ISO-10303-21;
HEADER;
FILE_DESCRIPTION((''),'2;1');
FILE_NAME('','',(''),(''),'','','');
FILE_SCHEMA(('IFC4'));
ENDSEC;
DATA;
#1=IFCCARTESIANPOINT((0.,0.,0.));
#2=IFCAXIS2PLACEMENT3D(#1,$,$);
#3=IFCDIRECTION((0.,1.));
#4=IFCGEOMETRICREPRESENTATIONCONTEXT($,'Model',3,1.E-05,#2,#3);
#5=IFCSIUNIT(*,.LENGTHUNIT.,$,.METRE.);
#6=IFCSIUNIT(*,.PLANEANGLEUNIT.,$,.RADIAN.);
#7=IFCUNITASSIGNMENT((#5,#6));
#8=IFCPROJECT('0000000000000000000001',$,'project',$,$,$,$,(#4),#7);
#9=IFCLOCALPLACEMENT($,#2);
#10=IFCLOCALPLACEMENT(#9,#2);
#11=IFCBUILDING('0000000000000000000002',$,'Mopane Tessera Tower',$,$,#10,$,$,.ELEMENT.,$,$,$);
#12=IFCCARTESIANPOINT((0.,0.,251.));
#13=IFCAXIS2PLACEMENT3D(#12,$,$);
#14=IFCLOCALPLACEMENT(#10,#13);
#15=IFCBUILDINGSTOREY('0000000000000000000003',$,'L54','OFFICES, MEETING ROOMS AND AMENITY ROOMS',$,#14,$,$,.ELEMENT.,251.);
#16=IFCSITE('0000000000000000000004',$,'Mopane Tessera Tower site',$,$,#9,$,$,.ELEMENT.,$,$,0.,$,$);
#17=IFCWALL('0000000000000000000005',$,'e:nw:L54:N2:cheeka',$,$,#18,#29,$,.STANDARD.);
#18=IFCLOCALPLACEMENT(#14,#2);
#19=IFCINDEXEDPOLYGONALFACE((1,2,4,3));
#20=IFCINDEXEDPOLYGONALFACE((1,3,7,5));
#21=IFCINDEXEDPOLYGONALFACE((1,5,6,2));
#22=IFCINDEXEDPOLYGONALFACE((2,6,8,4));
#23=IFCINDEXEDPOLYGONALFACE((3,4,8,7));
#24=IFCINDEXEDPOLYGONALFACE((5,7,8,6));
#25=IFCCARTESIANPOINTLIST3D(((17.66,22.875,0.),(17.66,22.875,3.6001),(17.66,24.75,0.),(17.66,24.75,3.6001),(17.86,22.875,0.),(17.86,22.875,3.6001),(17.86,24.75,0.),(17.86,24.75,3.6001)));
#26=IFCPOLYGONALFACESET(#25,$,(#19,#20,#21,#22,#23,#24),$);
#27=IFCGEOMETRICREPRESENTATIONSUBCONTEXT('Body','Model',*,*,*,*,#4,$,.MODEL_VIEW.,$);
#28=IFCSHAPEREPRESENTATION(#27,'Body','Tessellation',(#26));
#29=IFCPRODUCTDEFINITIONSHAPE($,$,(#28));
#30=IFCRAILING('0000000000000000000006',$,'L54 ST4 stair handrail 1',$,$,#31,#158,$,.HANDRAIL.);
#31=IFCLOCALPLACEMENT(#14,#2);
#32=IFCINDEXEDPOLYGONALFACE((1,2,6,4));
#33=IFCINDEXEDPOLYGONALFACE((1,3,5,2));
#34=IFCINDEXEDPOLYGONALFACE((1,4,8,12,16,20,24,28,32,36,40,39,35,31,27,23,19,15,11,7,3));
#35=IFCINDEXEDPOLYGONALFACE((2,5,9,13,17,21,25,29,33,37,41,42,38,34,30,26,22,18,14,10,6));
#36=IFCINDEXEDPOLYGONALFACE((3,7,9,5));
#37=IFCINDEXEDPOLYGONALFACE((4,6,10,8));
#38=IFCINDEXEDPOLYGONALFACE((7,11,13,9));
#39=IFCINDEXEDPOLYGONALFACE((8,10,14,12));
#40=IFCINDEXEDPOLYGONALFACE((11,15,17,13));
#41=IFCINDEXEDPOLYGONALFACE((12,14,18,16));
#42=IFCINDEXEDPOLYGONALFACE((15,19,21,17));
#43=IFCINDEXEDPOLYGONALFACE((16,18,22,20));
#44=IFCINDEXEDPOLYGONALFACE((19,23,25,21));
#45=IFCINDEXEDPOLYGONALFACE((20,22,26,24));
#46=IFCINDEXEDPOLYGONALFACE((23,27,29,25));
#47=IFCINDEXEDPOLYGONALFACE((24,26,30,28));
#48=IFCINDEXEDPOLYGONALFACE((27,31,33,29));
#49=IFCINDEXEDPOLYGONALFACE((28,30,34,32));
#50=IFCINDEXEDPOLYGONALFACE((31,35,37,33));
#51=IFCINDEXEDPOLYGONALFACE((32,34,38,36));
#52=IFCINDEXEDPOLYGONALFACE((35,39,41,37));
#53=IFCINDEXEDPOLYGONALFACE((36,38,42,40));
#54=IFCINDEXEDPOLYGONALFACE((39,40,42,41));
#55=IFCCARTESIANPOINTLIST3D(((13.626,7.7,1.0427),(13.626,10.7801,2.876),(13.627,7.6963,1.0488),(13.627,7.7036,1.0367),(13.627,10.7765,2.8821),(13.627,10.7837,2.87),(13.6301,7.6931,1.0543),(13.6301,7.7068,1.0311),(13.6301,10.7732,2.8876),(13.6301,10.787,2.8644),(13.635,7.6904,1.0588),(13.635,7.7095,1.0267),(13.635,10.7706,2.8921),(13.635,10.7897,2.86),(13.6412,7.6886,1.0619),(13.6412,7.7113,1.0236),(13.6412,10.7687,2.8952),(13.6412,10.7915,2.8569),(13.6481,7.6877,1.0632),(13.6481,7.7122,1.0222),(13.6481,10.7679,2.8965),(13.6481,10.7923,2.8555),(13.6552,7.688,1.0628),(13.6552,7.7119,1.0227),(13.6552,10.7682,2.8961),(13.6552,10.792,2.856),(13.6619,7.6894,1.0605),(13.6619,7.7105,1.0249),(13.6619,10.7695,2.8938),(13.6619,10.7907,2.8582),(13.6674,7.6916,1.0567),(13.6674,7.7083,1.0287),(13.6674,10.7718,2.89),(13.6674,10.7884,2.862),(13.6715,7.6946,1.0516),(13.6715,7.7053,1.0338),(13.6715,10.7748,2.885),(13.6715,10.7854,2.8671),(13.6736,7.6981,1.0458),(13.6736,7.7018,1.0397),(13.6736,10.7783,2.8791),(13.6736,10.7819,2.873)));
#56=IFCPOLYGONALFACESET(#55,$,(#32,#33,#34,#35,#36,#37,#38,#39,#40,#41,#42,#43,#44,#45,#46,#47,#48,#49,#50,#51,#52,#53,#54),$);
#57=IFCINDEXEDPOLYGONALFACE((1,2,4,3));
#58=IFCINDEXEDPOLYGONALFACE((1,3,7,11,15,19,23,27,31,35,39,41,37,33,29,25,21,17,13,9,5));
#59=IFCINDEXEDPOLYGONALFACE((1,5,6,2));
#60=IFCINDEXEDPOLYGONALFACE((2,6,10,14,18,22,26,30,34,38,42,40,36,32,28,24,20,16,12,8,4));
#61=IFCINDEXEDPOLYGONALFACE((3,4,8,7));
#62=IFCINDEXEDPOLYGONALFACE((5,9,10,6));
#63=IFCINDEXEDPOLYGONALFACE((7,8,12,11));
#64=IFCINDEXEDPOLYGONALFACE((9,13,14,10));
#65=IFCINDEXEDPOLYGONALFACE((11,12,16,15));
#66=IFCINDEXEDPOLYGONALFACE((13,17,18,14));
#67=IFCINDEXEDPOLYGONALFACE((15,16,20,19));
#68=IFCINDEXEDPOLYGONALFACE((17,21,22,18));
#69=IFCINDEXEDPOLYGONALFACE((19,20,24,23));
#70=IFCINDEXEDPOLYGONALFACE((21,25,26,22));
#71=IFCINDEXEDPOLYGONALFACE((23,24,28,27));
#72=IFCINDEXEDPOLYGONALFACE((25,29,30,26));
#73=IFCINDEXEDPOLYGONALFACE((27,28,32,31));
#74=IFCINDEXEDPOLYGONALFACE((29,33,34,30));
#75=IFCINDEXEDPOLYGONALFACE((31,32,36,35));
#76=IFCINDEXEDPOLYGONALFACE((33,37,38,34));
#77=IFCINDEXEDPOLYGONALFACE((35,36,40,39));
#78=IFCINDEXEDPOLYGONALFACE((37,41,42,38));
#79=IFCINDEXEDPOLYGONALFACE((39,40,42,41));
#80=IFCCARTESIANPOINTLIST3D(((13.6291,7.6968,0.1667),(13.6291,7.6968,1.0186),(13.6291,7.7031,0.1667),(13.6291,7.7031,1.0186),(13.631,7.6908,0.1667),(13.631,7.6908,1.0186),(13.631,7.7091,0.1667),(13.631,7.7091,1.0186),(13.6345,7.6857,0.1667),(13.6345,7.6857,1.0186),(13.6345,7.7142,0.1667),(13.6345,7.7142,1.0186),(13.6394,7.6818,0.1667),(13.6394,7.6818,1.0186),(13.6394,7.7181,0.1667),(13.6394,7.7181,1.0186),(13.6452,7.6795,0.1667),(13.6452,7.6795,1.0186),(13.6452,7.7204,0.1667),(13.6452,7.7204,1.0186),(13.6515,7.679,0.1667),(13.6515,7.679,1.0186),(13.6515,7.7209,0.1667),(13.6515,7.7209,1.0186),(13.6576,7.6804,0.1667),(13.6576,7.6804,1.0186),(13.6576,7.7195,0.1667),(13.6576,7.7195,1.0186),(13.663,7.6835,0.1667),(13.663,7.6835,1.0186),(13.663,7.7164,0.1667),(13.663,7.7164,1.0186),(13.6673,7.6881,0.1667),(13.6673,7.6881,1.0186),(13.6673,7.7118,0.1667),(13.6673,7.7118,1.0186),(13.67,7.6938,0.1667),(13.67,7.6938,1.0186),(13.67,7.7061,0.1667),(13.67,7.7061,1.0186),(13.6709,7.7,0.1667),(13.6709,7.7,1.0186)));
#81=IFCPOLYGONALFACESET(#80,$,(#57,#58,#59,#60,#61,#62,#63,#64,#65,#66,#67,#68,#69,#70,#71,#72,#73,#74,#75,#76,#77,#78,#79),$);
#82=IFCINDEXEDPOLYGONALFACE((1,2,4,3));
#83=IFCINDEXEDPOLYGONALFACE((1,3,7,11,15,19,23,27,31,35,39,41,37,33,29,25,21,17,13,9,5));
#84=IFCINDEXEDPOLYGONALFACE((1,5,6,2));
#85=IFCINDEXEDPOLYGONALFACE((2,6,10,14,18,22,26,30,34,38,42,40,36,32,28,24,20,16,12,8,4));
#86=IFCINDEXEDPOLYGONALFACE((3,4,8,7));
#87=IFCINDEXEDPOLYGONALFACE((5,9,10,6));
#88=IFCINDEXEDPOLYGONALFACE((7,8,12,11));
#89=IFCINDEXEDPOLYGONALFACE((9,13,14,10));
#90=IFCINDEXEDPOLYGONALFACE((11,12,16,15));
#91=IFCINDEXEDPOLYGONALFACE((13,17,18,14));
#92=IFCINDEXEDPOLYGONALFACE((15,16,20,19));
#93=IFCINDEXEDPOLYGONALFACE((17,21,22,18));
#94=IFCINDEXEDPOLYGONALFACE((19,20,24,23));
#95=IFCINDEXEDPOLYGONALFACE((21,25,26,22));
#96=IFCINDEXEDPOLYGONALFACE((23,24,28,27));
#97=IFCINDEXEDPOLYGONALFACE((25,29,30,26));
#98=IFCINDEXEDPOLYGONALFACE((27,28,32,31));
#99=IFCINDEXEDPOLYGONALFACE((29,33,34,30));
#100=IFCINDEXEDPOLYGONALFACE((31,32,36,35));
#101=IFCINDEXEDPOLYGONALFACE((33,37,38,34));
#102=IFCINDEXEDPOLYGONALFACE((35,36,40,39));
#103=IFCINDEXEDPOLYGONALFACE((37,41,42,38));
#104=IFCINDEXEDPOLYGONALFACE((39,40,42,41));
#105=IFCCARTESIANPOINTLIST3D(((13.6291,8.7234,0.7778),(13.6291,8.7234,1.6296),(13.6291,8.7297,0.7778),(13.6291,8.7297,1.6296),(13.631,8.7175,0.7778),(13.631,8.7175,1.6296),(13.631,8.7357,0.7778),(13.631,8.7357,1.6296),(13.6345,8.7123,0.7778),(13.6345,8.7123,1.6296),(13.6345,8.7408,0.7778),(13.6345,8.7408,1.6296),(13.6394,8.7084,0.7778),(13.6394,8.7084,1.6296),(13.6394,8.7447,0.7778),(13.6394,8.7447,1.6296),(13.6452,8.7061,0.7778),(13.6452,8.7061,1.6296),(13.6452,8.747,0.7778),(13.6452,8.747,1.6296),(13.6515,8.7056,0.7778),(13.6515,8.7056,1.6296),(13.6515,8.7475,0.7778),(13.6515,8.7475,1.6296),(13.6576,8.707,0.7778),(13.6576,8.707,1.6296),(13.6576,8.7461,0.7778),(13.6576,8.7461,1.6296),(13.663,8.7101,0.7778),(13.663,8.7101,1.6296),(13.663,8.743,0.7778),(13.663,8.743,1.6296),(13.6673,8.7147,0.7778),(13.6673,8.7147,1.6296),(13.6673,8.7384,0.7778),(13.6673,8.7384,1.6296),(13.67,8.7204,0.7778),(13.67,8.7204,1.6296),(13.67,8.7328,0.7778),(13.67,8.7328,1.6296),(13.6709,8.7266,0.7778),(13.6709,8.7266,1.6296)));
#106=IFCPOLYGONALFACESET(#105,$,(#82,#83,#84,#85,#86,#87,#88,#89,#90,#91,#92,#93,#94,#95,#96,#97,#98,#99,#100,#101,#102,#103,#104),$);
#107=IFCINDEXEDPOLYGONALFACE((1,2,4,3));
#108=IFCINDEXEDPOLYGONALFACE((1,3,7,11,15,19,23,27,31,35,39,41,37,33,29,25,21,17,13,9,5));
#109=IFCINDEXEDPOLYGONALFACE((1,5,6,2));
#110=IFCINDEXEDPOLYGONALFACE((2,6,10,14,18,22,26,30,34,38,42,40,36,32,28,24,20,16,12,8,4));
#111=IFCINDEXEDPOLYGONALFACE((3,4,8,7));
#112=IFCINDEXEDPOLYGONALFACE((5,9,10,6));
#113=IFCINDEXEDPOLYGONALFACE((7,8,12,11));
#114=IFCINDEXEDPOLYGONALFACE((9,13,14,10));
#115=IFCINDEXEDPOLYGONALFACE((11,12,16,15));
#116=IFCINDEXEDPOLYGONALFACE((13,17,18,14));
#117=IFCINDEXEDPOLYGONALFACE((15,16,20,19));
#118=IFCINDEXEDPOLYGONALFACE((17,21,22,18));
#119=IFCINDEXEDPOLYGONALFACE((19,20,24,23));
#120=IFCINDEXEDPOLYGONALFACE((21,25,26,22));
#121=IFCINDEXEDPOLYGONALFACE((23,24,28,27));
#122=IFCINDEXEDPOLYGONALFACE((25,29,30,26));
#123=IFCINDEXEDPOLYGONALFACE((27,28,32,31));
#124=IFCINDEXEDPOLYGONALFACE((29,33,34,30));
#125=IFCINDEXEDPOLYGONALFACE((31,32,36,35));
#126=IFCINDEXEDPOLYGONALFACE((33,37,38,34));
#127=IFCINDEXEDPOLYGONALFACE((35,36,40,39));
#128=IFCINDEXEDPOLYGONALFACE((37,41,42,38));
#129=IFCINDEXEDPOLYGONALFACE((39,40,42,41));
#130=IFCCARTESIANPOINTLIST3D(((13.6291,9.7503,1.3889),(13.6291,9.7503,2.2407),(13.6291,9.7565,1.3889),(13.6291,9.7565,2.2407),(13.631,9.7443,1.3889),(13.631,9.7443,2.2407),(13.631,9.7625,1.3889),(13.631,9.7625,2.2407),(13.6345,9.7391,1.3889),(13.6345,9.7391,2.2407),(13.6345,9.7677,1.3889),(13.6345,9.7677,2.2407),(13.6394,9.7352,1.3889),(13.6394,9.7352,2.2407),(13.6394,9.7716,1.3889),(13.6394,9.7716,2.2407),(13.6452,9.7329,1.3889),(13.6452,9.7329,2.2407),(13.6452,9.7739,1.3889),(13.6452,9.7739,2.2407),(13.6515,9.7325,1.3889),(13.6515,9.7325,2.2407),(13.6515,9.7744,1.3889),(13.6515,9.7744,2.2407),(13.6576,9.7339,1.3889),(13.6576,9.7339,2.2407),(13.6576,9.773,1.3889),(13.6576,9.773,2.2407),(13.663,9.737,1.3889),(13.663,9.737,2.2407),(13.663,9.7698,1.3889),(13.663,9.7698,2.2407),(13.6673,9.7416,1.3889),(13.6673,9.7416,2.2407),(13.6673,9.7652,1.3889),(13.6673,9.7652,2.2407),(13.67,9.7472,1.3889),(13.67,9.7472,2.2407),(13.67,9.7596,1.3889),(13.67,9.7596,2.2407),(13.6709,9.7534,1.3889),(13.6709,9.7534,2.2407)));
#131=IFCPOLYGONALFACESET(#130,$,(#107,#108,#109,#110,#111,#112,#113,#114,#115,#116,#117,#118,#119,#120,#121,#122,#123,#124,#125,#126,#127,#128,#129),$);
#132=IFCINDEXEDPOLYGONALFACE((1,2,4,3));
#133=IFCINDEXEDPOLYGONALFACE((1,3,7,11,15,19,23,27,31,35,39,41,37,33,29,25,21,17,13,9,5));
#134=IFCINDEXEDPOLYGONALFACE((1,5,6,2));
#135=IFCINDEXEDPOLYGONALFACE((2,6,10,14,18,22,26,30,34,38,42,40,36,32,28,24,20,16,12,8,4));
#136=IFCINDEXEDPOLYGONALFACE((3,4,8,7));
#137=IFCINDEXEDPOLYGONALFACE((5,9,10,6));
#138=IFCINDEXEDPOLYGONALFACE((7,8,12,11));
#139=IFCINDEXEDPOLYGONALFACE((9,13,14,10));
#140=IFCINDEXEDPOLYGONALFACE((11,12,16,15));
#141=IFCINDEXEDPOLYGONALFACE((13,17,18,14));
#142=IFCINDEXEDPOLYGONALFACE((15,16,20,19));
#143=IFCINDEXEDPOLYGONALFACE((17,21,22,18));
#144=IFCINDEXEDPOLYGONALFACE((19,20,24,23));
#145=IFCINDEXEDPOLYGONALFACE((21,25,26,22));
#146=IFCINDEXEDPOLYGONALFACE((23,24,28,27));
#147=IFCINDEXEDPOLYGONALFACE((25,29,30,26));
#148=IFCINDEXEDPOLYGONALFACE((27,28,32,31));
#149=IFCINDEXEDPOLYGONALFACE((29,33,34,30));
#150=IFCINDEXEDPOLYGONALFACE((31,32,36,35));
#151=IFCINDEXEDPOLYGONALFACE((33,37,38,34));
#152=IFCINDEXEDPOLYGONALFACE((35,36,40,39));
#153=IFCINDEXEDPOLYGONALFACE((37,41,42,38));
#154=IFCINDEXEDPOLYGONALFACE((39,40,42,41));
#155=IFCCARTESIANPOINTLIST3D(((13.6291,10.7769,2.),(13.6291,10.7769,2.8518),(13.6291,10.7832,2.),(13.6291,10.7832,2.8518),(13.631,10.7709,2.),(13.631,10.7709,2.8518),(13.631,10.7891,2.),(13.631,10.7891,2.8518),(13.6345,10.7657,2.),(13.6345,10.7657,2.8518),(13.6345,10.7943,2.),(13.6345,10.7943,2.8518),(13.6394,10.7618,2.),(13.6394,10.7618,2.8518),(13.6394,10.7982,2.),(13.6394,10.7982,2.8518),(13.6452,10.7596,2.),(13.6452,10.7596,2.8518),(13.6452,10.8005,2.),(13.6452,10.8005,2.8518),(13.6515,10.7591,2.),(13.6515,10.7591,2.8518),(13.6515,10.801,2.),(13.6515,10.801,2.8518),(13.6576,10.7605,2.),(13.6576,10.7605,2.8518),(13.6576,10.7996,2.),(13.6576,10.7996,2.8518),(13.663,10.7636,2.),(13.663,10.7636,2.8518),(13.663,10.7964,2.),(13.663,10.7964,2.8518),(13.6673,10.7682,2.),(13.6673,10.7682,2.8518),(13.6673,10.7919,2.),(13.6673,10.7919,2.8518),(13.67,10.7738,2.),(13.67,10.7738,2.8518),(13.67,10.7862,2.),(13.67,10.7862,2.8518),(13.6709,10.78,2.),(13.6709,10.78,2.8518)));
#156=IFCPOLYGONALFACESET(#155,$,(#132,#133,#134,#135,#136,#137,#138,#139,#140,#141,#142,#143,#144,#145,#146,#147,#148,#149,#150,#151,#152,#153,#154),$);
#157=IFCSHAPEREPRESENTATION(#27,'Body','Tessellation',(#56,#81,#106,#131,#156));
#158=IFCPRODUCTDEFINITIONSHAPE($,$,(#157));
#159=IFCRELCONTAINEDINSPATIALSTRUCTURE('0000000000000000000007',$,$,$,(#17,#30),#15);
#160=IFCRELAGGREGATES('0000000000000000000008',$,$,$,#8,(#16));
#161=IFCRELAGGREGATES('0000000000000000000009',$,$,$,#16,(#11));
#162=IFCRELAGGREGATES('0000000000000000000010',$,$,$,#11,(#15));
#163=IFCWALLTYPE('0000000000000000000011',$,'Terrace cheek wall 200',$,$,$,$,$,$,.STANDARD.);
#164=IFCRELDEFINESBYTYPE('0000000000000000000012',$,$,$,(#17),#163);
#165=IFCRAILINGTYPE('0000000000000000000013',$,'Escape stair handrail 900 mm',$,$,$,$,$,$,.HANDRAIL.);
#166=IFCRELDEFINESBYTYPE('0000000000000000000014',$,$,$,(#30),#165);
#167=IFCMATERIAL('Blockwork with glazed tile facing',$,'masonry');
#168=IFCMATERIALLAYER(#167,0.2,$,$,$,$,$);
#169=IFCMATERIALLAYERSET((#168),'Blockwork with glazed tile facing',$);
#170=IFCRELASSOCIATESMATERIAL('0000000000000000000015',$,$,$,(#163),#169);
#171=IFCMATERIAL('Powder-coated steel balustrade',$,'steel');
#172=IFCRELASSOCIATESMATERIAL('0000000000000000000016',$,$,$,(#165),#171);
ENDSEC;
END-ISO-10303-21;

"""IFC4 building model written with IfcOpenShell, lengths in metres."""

from ifc_helpers import new_model, si_unit, direction, frame, frame_2d, origin, origin_2d, place, context, subcontext, project, spatial, rectangle, circle, extrude, material, layer, layer_set, type_object, element, save


model = new_model("IFC4")

# Units and contexts
model_context = context("Model", 3, precision=1e-05, world=origin(), true_north=direction((0.0, 1.0)))
body_context = subcontext(model_context, "Body", "Model", "MODEL_VIEW")
ifc_project = project(units=[si_unit("LENGTHUNIT", "METRE"), si_unit("PLANEANGLEUNIT", "RADIAN")], contexts=[model_context])

# Site, building, storey
site_placement = place(None, origin())
site = spatial("IfcSite", under=ifc_project, at=site_placement, Name="Mopane Tessera Tower site", CompositionType="ELEMENT", RefElevation=0.0)
building_placement = place(site_placement, origin())
building = spatial("IfcBuilding", under=site, at=building_placement, Name="Mopane Tessera Tower", CompositionType="ELEMENT")
storey_placement = place(building_placement, frame((0.0, 0.0, 251.0)))
storey = spatial("IfcBuildingStorey", under=building, at=storey_placement, Name="L54", Description="OFFICES, MEETING ROOMS AND AMENITY ROOMS", CompositionType="ELEMENT", Elevation=251.0)

# Wall
ifc_material_1 = material(Name="Blockwork with glazed tile facing", Category="masonry")
ifc_layer_1 = layer(ifc_material_1, 0.2)
ifc_layer_set_1 = layer_set([ifc_layer_1], Name="Blockwork with glazed tile facing")
wall_type_1 = type_object("IfcWallType", Name="Terrace cheek wall 200", PredefinedType="STANDARD", material=ifc_layer_set_1)
wall_1_placement = place(storey_placement, frame((17.76, 24.75, 0.0), z_axis=(0.0, 0.0, 1.0), x_axis=(0.0, -1.0, 0.0)))
element("IfcWall", 1, at=wall_1_placement, inside=storey, type_object=wall_type_1, Name="e:nw:L54:N2:cheeka", PredefinedType="STANDARD", context=body_context, shape_type="SweptSolid", body=[
    extrude(rectangle(XDim=1.875, YDim=0.2, at=frame_2d((0.9375, 0.0))), origin(), (0.0, 0.0, 1.0), 3.6001),
])

# Railing
ifc_material_2 = material(Name="Powder-coated steel balustrade", Category="steel")
railing_type_1 = type_object("IfcRailingType", Name="Escape stair handrail 900 mm", PredefinedType="HANDRAIL", material=ifc_material_2)
railing_1_placement = place(storey_placement, frame((13.6499, 7.7, 0.1667)))
element("IfcRailing", 2, at=railing_1_placement, inside=storey, type_object=railing_type_1, Name="L54 ST4 stair handrail 1", PredefinedType="HANDRAIL", context=body_context, shape_type="SweptSolid", body=[
    extrude(circle(Radius=0.0239, at=origin_2d()), frame((0.0, 0.0, 0.876), z_axis=(0.0, 0.859309, 0.511458), x_axis=(-1.0, 0.0, 0.0)), (0.0, 0.0, 1.0), 3.5845),
    extrude(circle(Radius=0.021, at=origin_2d()), origin(), (0.0, 0.0, 1.0), 0.8518),
    extrude(circle(Radius=0.021, at=origin_2d()), frame((0.0, 1.0266, 0.6111)), (0.0, 0.0, 1.0), 0.8518),
    extrude(circle(Radius=0.021, at=origin_2d()), frame((0.0, 2.0535, 1.2222)), (0.0, 0.0, 1.0), 0.8518),
    extrude(circle(Radius=0.021, at=origin_2d()), frame((0.0, 3.0801, 1.8333)), (0.0, 0.0, 1.0), 0.8518),
])

save(model, "model.ifc")
